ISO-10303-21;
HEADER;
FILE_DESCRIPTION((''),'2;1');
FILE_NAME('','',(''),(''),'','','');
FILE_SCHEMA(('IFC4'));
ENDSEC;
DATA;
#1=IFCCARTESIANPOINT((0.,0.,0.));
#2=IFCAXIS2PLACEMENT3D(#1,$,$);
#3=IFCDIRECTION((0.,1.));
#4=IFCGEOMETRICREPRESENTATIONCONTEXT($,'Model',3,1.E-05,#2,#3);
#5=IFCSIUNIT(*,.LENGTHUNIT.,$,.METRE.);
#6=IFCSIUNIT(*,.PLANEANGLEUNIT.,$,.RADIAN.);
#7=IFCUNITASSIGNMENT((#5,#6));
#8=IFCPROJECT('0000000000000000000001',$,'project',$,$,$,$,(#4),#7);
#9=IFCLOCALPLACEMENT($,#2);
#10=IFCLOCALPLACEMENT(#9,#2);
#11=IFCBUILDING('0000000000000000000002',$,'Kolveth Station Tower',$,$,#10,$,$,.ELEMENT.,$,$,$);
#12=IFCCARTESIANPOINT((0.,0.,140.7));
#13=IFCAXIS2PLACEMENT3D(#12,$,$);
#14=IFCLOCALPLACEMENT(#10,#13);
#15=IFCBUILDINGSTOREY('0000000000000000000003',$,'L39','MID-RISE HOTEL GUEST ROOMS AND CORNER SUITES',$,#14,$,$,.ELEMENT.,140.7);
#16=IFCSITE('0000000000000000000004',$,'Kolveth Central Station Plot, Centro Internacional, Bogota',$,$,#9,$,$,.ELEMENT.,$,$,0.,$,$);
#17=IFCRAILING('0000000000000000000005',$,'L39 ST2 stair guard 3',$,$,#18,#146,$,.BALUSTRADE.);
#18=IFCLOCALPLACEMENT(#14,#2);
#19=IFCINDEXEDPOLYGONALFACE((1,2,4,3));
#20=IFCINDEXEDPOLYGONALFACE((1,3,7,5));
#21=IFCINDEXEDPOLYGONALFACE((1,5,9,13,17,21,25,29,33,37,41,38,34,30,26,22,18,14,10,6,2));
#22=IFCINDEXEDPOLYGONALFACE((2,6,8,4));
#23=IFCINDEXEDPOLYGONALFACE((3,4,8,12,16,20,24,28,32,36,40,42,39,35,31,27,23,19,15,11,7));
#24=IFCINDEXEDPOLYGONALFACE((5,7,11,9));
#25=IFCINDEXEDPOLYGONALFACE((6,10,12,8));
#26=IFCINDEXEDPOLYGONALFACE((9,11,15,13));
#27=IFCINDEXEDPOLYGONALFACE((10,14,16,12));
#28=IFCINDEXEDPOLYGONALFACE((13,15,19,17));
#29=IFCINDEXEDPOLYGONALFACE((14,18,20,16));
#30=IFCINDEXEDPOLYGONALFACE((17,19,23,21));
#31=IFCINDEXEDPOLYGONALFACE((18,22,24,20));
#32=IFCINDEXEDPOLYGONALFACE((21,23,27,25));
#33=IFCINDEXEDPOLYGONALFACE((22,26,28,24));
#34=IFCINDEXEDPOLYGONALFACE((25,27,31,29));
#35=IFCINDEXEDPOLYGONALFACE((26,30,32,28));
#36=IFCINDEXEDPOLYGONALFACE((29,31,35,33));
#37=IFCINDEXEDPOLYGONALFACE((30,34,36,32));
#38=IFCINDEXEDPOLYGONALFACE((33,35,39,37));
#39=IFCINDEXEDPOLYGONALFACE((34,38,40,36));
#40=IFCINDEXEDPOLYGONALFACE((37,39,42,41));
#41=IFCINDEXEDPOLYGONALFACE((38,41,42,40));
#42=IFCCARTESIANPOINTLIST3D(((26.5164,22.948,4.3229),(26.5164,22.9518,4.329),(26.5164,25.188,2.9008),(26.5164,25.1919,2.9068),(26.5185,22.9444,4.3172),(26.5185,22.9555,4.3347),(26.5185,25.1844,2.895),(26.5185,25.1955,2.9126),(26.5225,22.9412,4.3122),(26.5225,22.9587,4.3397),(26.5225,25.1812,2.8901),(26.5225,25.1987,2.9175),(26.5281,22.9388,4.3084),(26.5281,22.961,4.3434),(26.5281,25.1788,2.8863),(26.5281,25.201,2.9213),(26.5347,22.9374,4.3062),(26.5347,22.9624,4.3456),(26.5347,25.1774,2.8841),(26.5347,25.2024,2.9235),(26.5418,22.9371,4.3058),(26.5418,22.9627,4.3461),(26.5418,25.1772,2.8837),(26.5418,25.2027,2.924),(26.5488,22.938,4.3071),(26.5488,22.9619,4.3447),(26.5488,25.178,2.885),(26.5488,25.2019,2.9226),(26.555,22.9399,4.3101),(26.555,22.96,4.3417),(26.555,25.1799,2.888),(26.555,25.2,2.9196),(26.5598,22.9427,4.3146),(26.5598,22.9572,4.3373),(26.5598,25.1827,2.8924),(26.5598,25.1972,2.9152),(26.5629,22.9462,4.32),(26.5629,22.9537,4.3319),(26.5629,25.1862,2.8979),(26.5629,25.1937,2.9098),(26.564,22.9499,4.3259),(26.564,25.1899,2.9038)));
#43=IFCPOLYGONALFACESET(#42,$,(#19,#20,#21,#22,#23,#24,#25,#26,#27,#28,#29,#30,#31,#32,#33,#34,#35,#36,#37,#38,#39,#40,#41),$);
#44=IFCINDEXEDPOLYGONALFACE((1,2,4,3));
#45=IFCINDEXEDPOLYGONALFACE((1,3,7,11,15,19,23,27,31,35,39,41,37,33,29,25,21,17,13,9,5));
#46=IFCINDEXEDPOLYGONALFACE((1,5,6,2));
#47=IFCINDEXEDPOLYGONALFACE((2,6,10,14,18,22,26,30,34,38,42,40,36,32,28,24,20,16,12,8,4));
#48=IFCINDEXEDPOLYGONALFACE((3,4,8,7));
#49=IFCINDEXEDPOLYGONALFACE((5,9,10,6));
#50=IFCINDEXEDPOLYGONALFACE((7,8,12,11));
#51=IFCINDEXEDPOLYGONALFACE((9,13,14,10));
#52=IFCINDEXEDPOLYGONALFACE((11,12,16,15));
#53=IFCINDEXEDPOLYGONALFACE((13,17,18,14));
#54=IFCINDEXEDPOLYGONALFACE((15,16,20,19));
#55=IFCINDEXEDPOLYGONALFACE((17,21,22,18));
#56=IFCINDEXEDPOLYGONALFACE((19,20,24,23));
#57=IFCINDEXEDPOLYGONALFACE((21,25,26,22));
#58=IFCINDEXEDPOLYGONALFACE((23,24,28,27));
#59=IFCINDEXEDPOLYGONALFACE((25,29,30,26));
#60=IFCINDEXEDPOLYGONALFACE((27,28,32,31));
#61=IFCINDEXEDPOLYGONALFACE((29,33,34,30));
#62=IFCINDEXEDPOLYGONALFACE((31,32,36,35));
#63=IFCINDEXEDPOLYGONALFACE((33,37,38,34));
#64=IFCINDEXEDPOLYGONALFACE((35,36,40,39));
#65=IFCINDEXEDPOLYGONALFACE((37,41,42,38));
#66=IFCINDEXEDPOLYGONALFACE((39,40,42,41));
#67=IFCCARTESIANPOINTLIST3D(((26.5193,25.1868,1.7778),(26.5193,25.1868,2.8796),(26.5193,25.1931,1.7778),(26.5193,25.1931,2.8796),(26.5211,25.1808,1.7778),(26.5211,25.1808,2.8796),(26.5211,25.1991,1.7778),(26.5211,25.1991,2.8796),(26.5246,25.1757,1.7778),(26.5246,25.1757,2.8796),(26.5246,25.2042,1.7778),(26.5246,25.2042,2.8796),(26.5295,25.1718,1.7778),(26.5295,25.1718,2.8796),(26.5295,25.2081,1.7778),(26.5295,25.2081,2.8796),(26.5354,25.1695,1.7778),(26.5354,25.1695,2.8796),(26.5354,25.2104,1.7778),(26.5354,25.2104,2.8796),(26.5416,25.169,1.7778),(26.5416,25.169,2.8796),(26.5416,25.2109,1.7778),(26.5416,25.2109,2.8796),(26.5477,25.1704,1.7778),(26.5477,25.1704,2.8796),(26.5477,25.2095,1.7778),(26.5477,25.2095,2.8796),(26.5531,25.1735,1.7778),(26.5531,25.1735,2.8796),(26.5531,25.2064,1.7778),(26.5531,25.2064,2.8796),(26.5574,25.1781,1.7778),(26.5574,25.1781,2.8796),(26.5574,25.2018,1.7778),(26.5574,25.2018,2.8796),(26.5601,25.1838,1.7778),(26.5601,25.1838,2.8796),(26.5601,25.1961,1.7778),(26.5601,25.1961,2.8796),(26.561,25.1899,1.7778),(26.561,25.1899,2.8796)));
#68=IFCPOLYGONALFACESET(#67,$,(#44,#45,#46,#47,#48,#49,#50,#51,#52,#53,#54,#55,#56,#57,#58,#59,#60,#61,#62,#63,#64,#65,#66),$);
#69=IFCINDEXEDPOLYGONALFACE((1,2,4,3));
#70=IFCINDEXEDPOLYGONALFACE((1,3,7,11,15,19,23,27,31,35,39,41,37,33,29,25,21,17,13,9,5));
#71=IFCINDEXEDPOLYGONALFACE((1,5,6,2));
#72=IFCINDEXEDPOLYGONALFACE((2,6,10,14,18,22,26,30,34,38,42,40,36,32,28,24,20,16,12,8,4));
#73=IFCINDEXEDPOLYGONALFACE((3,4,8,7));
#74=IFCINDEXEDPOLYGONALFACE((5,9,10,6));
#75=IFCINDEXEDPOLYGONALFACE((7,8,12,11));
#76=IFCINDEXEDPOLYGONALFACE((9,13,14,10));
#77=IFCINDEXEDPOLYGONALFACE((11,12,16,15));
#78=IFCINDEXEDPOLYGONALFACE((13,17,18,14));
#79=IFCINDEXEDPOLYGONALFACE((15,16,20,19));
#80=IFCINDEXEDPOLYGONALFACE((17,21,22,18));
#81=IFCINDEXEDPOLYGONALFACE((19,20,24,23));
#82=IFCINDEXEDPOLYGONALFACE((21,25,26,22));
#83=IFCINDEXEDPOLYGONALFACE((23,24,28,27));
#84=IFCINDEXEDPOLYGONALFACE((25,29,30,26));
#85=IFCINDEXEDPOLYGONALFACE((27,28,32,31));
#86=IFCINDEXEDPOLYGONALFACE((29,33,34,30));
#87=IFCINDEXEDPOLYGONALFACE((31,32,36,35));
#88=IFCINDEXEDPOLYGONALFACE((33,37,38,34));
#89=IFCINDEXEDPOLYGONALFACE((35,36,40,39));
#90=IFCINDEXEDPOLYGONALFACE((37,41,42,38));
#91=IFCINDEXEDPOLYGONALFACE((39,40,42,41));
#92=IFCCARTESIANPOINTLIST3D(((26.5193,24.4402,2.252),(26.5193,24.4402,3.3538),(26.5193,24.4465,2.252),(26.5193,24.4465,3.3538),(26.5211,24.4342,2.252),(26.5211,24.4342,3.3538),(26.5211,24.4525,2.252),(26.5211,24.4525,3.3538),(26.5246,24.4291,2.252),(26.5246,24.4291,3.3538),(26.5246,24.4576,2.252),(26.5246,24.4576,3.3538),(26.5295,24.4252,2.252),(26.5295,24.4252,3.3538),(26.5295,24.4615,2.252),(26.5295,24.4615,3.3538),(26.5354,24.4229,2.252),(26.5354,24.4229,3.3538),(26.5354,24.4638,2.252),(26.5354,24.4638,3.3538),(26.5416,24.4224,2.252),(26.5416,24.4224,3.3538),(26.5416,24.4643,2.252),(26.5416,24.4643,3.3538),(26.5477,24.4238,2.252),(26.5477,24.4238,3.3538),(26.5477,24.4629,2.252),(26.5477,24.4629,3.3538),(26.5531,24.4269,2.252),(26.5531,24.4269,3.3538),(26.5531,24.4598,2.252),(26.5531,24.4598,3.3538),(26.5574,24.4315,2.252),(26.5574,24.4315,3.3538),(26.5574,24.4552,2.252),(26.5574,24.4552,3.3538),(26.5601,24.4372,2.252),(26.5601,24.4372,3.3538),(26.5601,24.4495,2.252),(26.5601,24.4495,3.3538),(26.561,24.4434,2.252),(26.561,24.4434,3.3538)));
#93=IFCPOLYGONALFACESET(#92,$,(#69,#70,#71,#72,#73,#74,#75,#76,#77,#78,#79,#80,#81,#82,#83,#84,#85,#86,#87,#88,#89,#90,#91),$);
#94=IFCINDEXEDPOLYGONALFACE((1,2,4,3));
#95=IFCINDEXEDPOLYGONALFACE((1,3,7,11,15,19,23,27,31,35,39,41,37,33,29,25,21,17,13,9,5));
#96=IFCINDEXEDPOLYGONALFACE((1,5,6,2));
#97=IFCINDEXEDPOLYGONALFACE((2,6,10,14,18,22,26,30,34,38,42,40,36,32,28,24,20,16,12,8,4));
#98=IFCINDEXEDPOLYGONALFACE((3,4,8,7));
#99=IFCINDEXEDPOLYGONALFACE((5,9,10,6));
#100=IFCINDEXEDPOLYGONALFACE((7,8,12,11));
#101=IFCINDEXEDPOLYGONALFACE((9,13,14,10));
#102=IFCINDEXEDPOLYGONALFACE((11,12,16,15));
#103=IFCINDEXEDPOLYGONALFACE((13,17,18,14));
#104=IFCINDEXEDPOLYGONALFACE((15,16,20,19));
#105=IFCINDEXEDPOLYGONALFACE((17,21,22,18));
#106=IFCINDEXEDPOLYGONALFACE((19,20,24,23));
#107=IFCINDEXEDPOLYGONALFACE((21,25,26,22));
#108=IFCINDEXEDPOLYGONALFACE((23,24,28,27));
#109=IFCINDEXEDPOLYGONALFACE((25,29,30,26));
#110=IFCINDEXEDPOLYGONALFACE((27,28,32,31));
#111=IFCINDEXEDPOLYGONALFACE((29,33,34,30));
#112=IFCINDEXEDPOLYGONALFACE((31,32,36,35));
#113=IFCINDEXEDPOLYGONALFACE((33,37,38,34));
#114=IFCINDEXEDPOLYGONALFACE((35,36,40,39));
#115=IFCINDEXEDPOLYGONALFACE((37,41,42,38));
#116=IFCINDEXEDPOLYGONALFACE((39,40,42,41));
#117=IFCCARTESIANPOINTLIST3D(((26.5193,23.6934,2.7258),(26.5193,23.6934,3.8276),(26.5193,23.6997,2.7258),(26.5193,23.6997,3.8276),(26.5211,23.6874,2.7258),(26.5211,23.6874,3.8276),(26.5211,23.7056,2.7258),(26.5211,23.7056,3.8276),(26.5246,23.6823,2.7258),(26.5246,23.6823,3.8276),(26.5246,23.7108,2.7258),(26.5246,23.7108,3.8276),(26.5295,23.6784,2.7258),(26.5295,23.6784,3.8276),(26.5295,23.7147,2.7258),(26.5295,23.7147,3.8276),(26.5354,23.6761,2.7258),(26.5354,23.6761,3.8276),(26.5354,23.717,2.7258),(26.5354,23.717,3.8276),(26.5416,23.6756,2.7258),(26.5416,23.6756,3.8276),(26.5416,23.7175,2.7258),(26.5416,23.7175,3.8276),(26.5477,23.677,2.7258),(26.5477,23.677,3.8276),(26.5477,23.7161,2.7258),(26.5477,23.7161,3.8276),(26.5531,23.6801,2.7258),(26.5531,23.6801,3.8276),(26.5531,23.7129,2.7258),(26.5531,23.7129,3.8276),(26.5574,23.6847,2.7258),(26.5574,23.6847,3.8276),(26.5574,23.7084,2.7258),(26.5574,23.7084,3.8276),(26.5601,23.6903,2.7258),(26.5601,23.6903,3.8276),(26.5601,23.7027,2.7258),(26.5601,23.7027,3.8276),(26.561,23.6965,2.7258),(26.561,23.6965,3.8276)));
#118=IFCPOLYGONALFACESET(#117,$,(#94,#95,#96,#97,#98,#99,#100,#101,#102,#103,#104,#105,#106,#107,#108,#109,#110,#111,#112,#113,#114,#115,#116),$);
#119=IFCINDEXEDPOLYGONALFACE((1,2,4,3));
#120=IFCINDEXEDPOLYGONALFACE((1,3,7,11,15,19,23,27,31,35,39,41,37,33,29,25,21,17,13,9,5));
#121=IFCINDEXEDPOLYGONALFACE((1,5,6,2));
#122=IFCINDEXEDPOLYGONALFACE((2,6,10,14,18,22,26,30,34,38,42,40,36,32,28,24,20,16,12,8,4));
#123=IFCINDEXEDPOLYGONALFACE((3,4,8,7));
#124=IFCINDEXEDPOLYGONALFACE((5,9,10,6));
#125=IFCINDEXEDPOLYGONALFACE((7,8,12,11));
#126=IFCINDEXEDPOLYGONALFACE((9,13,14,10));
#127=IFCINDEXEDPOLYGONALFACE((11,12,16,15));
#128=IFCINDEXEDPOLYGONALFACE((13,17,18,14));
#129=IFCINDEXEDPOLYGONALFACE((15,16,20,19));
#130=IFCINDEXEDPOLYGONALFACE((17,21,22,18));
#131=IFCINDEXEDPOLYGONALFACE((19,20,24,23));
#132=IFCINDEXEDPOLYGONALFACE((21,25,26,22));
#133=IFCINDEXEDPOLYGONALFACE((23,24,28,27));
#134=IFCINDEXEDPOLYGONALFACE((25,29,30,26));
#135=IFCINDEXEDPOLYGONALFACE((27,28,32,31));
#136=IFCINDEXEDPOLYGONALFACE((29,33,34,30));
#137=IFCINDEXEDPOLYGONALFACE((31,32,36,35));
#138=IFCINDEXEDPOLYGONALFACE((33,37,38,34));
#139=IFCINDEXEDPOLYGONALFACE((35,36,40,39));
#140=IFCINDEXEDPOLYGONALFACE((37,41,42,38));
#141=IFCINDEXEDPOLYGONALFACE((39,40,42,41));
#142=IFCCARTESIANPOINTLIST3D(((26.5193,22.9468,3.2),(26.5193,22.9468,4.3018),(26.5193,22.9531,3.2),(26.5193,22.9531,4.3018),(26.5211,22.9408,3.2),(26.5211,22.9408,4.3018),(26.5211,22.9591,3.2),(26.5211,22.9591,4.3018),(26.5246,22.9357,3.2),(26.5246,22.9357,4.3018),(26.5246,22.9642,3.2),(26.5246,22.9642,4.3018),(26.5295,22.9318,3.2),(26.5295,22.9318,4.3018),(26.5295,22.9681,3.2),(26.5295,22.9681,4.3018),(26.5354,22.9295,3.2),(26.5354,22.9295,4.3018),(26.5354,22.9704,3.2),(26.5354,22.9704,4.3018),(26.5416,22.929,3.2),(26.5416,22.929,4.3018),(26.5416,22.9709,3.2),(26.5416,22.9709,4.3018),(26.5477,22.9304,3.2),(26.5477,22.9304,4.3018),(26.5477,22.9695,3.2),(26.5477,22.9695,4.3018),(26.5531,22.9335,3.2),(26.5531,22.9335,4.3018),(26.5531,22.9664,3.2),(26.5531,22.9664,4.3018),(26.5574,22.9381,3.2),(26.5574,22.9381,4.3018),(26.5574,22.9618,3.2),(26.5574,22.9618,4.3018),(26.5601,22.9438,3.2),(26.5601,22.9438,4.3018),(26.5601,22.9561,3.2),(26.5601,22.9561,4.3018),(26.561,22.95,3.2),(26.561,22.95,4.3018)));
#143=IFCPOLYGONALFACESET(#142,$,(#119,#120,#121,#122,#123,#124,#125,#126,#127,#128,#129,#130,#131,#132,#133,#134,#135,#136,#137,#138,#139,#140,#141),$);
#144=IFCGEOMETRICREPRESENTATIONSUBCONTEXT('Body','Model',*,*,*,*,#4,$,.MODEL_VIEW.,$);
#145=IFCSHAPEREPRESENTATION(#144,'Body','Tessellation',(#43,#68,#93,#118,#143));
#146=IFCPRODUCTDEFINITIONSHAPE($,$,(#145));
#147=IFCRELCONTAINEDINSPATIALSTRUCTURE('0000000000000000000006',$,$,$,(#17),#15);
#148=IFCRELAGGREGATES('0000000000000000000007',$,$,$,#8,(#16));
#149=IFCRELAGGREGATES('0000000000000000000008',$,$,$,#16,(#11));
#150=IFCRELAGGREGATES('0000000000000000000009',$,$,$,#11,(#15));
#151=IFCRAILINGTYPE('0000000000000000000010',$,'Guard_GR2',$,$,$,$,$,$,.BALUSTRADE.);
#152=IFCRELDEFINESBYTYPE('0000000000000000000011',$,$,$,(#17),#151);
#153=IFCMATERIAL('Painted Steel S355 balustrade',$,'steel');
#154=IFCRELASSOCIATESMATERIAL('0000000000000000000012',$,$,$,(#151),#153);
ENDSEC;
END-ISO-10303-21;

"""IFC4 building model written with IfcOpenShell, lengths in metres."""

from ifc_helpers import new_model, si_unit, direction, frame, origin, origin_2d, place, context, subcontext, project, spatial, circle, extrude, material, type_object, element, save


model = new_model("IFC4")

# Units and contexts
model_context = context("Model", 3, precision=1e-05, world=origin(), true_north=direction((0.0, 1.0)))
body_context = subcontext(model_context, "Body", "Model", "MODEL_VIEW")
ifc_project = project(units=[si_unit("LENGTHUNIT", "METRE"), si_unit("PLANEANGLEUNIT", "RADIAN")], contexts=[model_context])

# Site, building, storey
site_placement = place(None, origin())
site = spatial("IfcSite", under=ifc_project, at=site_placement, Name="Kolveth Central Station Plot, Centro Internacional, Bogota", CompositionType="ELEMENT", RefElevation=0.0)
building_placement = place(site_placement, origin())
building = spatial("IfcBuilding", under=site, at=building_placement, Name="Kolveth Station Tower", CompositionType="ELEMENT")
storey_placement = place(building_placement, frame((0.0, 0.0, 140.7)))
storey = spatial("IfcBuildingStorey", under=building, at=storey_placement, Name="L39", Description="MID-RISE HOTEL GUEST ROOMS AND CORNER SUITES", CompositionType="ELEMENT", Elevation=140.7)

# Railing
ifc_material_1 = material(Name="Painted Steel S355 balustrade", Category="steel")
railing_type_1 = type_object("IfcRailingType", Name="Guard_GR2", PredefinedType="BALUSTRADE", material=ifc_material_1)
railing_1_placement = place(storey_placement, frame((26.54, 25.1899, 1.7778)))
element("IfcRailing", 1, at=railing_1_placement, inside=storey, type_object=railing_type_1, Name="L39 ST2 stair guard 3", PredefinedType="BALUSTRADE", context=body_context, shape_type="SweptSolid", body=[
    extrude(circle(Radius=0.0239, at=origin_2d()), frame((0.0, 0.0, 1.126), z_axis=(0.0, -0.844229, 0.535982), x_axis=(1.0, 0.0, 0.0)), (0.0, 0.0, 1.0), 2.6533),
    extrude(circle(Radius=0.021, at=origin_2d()), origin(), (0.0, 0.0, 1.0), 1.1018),
    extrude(circle(Radius=0.021, at=origin_2d()), frame((0.0, -0.7466, 0.4741)), (0.0, 0.0, 1.0), 1.1018),
    extrude(circle(Radius=0.021, at=origin_2d()), frame((0.0, -1.4934, 0.948)), (0.0, 0.0, 1.0), 1.1018),
    extrude(circle(Radius=0.021, at=origin_2d()), frame((0.0, -2.24, 1.4221)), (0.0, 0.0, 1.0), 1.1018),
])

save(model, "model.ifc")
